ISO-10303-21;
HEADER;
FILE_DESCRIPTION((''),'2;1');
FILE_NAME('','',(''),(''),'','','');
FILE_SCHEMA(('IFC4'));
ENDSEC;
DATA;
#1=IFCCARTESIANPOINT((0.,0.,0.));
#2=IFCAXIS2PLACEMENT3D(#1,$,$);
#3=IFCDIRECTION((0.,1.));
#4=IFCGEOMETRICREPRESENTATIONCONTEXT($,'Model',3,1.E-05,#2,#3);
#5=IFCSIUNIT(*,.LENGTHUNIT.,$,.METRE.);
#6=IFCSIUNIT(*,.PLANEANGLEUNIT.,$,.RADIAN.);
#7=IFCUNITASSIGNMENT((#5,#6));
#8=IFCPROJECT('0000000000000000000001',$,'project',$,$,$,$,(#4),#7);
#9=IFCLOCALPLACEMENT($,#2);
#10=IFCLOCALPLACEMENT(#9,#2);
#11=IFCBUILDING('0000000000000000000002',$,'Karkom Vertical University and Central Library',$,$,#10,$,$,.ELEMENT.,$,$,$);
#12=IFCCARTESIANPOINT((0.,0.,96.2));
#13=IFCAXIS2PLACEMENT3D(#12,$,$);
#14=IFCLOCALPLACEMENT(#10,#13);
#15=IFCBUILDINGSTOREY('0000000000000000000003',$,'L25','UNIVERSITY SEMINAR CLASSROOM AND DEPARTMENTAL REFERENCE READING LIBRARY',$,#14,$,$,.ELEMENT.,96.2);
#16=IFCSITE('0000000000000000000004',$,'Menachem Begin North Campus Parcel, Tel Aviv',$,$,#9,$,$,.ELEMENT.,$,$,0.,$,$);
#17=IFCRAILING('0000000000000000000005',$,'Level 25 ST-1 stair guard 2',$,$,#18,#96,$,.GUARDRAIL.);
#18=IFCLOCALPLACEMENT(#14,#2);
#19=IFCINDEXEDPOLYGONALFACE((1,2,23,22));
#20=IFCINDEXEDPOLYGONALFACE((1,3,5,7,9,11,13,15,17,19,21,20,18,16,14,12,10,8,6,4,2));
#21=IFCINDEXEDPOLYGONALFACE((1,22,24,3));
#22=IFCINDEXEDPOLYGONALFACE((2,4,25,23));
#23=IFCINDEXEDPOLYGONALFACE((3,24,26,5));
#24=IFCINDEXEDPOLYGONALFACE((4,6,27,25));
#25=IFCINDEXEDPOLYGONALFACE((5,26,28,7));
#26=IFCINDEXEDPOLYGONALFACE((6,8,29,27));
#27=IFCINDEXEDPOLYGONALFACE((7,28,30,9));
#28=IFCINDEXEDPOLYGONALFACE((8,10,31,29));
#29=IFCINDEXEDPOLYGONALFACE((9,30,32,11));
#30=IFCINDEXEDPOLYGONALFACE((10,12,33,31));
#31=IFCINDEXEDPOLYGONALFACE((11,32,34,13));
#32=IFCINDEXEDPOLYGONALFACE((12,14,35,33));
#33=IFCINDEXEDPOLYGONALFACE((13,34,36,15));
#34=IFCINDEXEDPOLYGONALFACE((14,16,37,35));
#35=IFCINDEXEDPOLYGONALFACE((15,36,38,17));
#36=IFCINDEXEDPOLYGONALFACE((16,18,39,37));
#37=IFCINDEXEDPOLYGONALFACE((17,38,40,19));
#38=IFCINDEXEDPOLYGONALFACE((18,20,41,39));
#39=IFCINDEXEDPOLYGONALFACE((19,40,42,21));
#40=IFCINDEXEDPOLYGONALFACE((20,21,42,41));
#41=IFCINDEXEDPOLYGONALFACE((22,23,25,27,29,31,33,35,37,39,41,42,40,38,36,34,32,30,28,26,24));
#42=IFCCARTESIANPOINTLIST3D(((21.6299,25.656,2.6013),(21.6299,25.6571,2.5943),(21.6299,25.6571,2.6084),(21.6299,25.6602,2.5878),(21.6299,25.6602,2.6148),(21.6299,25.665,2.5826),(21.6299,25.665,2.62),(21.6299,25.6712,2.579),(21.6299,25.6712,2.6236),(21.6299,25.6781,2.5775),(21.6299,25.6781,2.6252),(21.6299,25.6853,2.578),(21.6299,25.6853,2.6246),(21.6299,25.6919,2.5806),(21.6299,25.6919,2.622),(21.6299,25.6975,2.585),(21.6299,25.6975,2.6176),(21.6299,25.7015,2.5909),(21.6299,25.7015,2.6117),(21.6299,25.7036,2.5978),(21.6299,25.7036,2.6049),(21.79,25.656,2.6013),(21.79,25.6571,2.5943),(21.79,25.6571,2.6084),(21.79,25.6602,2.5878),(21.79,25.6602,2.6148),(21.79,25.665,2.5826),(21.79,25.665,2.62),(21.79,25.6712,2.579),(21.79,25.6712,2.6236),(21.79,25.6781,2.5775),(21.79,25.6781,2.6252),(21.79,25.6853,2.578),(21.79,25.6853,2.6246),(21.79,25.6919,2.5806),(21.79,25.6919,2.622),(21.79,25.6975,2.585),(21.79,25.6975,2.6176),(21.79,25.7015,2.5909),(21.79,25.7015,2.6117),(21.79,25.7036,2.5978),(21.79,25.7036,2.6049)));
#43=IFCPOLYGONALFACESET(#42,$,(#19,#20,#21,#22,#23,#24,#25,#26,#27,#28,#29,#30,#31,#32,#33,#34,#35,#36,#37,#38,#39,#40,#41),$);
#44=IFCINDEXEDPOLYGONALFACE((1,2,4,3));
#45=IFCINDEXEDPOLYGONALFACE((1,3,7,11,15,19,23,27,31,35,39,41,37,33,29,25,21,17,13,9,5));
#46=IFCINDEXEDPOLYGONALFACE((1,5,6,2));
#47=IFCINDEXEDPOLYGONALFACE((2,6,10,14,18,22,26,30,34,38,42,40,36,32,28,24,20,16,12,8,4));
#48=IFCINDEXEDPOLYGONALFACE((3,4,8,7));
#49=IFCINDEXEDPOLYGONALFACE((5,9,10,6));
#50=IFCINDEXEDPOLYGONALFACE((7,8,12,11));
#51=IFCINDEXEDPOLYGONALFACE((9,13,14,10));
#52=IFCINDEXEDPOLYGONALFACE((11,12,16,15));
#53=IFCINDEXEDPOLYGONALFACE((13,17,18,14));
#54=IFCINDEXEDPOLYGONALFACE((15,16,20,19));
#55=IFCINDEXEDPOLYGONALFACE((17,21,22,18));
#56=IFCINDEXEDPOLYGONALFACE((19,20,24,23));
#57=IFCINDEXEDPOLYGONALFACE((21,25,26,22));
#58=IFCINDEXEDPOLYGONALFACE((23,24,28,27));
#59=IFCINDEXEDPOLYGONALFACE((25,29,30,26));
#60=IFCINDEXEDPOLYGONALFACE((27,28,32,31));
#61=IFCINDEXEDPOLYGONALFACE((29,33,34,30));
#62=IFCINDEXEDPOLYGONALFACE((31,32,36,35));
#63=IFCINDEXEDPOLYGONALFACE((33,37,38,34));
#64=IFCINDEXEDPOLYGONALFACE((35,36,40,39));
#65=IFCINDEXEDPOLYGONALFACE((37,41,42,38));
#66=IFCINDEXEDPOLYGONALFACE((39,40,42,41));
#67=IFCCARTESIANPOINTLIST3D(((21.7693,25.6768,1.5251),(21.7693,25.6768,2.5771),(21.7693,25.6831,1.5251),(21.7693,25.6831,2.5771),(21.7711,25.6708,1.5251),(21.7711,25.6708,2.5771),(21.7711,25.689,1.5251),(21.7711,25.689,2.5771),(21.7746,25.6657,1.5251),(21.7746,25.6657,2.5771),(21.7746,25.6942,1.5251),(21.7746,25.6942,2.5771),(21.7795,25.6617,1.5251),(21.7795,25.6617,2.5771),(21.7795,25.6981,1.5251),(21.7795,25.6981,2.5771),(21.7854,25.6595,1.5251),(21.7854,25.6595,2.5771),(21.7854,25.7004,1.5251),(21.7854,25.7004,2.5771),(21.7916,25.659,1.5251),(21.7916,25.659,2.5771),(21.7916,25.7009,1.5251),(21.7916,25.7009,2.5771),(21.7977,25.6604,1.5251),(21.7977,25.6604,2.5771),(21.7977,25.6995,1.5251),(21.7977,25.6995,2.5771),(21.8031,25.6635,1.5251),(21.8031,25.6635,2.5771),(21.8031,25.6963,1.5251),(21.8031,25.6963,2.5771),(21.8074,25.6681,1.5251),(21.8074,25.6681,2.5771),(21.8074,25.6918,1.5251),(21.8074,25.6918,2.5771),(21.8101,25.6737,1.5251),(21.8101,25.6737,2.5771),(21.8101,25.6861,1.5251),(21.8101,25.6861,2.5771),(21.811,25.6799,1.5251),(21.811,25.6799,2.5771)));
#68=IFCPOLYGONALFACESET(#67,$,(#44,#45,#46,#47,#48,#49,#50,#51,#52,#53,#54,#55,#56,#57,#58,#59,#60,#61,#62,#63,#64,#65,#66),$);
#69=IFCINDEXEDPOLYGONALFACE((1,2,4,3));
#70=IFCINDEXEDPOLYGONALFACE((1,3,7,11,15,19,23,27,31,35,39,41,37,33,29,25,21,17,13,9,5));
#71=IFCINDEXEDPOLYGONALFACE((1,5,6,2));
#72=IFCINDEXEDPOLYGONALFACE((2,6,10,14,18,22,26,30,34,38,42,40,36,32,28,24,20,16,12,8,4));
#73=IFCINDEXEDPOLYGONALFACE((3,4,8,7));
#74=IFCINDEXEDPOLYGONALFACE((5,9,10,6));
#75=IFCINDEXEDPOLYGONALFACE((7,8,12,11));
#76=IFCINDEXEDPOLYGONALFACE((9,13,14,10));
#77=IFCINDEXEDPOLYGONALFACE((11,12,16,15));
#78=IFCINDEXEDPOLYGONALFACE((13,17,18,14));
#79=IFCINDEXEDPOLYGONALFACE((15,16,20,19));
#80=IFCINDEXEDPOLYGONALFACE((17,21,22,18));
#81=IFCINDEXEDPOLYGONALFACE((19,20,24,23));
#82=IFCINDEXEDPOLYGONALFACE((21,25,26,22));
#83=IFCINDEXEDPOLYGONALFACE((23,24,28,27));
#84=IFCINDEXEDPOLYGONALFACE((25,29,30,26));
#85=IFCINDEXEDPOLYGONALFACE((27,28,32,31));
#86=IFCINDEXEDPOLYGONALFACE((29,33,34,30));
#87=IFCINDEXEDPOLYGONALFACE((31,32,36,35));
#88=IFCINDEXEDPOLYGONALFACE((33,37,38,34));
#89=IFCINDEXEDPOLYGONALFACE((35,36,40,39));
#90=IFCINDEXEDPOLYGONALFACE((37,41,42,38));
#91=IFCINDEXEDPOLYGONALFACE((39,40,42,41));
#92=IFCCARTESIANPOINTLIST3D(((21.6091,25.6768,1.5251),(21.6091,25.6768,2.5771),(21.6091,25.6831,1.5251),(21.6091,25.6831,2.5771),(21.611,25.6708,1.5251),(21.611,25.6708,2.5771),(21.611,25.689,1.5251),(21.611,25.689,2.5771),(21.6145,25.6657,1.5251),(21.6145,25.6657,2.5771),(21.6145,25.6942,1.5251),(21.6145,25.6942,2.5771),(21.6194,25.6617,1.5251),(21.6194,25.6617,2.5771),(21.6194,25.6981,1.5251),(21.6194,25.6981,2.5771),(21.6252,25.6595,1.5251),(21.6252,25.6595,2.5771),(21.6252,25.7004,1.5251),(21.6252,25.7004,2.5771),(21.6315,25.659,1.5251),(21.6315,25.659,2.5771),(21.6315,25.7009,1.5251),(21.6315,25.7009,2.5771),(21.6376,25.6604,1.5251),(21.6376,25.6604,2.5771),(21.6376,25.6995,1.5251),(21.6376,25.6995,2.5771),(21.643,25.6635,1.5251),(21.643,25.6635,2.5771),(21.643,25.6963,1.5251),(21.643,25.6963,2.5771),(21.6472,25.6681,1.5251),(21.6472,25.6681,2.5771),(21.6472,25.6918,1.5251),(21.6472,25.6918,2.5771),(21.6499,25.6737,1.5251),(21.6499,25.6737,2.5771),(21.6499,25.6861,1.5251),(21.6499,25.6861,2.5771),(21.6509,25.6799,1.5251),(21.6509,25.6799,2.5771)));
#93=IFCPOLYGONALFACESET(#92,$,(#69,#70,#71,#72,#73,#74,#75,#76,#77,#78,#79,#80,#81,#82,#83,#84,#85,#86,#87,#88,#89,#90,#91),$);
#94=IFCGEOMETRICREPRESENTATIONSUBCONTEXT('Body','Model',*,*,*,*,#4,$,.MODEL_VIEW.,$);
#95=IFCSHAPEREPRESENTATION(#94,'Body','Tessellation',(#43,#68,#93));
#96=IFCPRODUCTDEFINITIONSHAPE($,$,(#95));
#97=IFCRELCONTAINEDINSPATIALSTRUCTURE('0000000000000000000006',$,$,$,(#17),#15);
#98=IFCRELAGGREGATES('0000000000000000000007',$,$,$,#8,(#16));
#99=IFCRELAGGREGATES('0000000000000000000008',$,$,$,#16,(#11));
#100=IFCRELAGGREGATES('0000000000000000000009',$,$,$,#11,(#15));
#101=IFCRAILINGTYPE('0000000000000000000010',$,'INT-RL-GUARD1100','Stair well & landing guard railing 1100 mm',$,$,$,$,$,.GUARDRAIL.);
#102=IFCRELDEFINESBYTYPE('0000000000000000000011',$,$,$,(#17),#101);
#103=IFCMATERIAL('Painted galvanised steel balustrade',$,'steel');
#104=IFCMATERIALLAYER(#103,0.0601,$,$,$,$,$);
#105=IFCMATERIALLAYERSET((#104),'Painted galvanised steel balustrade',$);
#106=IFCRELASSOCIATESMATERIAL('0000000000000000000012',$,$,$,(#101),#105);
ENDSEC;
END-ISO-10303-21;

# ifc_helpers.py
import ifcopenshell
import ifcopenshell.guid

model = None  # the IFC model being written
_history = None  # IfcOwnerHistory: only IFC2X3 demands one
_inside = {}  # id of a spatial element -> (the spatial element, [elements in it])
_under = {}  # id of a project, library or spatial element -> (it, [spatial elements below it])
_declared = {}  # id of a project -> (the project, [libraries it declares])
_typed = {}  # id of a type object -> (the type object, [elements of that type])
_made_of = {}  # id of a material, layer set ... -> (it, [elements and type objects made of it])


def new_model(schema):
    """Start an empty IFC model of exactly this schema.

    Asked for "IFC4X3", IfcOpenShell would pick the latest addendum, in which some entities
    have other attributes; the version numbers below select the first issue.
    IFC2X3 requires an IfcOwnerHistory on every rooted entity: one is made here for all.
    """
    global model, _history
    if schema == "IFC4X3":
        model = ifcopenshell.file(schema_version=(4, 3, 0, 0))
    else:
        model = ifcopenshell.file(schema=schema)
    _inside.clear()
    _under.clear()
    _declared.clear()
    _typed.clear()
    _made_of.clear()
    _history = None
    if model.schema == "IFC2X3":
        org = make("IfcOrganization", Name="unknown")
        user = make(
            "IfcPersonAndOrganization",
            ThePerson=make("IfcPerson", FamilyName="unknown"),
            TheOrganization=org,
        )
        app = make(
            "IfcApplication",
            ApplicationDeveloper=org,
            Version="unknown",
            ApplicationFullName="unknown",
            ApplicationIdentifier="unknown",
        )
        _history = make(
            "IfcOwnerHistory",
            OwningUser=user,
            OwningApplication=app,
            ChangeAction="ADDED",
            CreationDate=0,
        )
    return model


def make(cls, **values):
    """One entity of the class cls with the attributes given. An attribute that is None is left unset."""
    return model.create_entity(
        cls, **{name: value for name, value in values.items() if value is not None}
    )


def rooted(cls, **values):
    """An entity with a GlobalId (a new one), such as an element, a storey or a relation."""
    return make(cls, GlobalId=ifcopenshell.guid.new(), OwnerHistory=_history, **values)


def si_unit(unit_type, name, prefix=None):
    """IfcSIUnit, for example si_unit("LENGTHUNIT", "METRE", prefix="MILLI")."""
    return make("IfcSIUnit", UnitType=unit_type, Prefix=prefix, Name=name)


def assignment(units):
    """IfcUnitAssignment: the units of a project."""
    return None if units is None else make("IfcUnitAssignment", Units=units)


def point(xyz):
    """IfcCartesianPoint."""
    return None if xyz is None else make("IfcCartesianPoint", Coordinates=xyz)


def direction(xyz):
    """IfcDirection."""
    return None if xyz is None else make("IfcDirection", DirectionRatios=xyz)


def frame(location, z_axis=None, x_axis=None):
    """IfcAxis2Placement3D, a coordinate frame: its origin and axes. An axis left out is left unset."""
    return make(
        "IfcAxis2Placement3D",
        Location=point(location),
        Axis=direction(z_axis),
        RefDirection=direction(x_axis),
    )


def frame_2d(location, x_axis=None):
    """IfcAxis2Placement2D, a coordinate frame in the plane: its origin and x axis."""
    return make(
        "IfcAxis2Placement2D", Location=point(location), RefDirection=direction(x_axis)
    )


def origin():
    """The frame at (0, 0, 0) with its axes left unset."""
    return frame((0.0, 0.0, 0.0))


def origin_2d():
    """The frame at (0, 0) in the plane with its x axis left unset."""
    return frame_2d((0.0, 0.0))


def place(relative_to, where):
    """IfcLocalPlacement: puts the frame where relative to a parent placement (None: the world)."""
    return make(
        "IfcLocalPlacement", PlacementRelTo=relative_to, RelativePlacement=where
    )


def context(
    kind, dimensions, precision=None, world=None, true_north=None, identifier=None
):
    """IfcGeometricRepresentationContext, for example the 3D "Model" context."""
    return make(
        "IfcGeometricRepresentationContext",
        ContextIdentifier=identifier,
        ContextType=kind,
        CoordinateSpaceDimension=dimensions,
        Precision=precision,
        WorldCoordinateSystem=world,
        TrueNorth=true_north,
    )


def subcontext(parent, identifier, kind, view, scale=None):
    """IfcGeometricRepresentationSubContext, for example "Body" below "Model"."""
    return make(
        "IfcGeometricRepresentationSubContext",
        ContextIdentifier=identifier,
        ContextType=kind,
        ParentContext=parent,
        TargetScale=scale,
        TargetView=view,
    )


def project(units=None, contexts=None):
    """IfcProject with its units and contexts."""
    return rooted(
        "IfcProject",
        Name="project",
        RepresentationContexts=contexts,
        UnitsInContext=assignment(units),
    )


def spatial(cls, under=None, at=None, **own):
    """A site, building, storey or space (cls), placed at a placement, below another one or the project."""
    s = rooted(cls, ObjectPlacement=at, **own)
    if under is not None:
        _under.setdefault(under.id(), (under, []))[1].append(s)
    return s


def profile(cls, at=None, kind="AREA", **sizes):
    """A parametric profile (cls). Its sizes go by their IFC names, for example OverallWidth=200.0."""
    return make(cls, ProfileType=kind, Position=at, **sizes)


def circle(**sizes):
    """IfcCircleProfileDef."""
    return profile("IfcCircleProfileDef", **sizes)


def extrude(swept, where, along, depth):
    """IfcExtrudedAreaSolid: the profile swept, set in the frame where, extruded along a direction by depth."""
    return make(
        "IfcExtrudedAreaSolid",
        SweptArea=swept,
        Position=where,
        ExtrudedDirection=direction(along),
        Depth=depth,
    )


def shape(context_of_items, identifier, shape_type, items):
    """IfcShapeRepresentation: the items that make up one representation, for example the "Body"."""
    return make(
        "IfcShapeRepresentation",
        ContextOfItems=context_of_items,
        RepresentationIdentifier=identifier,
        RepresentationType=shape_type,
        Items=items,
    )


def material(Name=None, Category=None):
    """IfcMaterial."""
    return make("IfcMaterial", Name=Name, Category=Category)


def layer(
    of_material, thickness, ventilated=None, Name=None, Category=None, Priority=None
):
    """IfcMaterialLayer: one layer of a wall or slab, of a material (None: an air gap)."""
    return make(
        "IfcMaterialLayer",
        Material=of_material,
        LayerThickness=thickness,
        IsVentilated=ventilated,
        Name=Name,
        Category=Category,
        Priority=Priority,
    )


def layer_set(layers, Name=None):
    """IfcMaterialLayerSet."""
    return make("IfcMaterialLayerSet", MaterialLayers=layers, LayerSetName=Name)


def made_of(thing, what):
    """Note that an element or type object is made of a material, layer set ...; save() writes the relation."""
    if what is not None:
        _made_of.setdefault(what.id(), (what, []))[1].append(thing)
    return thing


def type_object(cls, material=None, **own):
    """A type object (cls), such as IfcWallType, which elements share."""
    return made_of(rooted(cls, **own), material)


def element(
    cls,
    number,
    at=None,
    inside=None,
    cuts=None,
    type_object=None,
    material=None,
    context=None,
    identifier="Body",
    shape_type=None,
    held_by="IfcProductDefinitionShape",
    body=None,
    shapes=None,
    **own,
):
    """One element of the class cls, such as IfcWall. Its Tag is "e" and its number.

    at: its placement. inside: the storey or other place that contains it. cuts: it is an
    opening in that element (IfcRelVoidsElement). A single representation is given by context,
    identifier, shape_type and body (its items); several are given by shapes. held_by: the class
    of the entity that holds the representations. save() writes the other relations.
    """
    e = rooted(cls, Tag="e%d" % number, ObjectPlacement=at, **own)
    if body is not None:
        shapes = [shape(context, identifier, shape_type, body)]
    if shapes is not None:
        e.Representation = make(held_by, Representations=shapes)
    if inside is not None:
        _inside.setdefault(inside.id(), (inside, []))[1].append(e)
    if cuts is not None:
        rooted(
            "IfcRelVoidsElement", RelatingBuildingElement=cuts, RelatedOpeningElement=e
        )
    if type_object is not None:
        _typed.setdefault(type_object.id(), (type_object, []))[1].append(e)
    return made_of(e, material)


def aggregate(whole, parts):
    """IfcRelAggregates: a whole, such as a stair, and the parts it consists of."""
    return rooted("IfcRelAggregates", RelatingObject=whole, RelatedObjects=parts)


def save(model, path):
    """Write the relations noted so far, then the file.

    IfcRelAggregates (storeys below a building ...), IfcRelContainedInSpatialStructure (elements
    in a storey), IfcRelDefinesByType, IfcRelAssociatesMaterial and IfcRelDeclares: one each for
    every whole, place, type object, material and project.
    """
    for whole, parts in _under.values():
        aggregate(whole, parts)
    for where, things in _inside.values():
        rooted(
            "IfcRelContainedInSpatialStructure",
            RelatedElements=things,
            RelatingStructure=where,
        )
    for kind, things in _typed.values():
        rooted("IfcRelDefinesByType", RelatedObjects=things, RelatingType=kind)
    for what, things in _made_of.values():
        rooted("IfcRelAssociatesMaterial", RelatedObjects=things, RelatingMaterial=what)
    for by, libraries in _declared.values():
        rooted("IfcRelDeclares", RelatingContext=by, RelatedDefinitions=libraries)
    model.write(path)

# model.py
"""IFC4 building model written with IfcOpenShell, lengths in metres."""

from ifc_helpers import new_model, si_unit, direction, frame, origin, origin_2d, place, context, subcontext, project, spatial, circle, extrude, material, layer, layer_set, type_object, element, save


model = new_model("IFC4")

# Units and contexts
model_context = context("Model", 3, precision=1e-05, world=origin(), true_north=direction((0.0, 1.0)))
body_context = subcontext(model_context, "Body", "Model", "MODEL_VIEW")
ifc_project = project(units=[si_unit("LENGTHUNIT", "METRE"), si_unit("PLANEANGLEUNIT", "RADIAN")], contexts=[model_context])

# Site, building, storey
site_placement = place(None, origin())
site = spatial("IfcSite", under=ifc_project, at=site_placement, Name="Menachem Begin North Campus Parcel, Tel Aviv", CompositionType="ELEMENT", RefElevation=0.0)
building_placement = place(site_placement, origin())
building = spatial("IfcBuilding", under=site, at=building_placement, Name="Karkom Vertical University and Central Library", CompositionType="ELEMENT")
storey_placement = place(building_placement, frame((0.0, 0.0, 96.2)))
storey = spatial("IfcBuildingStorey", under=building, at=storey_placement, Name="L25", Description="UNIVERSITY SEMINAR CLASSROOM AND DEPARTMENTAL REFERENCE READING LIBRARY", CompositionType="ELEMENT", Elevation=96.2)

# Railing
ifc_material_1 = material(Name="Painted galvanised steel balustrade", Category="steel")
ifc_layer_1 = layer(ifc_material_1, 0.0601)
ifc_layer_set_1 = layer_set([ifc_layer_1], Name="Painted galvanised steel balustrade")
railing_type_1 = type_object("IfcRailingType", Name="INT-RL-GUARD1100", Description="Stair well & landing guard railing 1100 mm", PredefinedType="GUARDRAIL", material=ifc_layer_set_1)
railing_1_placement = place(storey_placement, frame((21.79, 25.6799, 1.5251)))
element("IfcRailing", 1, at=railing_1_placement, inside=storey, type_object=railing_type_1, Name="Level 25 ST-1 stair guard 2", PredefinedType="GUARDRAIL", context=body_context, shape_type="SweptSolid", body=[
    extrude(circle(Radius=0.0239, at=origin_2d()), frame((0.0, 0.0, 1.0762), z_axis=(-1.0, 0.0, 0.0), x_axis=(0.0, -1.0, 0.0)), (0.0, 0.0, 1.0), 0.1602),
    extrude(circle(Radius=0.021, at=origin_2d()), origin(), (0.0, 0.0, 1.0), 1.052),
    extrude(circle(Radius=0.021, at=origin_2d()), frame((-0.1602, 0.0, 0.0)), (0.0, 0.0, 1.0), 1.052),
])

save(model, "model.ifc")
